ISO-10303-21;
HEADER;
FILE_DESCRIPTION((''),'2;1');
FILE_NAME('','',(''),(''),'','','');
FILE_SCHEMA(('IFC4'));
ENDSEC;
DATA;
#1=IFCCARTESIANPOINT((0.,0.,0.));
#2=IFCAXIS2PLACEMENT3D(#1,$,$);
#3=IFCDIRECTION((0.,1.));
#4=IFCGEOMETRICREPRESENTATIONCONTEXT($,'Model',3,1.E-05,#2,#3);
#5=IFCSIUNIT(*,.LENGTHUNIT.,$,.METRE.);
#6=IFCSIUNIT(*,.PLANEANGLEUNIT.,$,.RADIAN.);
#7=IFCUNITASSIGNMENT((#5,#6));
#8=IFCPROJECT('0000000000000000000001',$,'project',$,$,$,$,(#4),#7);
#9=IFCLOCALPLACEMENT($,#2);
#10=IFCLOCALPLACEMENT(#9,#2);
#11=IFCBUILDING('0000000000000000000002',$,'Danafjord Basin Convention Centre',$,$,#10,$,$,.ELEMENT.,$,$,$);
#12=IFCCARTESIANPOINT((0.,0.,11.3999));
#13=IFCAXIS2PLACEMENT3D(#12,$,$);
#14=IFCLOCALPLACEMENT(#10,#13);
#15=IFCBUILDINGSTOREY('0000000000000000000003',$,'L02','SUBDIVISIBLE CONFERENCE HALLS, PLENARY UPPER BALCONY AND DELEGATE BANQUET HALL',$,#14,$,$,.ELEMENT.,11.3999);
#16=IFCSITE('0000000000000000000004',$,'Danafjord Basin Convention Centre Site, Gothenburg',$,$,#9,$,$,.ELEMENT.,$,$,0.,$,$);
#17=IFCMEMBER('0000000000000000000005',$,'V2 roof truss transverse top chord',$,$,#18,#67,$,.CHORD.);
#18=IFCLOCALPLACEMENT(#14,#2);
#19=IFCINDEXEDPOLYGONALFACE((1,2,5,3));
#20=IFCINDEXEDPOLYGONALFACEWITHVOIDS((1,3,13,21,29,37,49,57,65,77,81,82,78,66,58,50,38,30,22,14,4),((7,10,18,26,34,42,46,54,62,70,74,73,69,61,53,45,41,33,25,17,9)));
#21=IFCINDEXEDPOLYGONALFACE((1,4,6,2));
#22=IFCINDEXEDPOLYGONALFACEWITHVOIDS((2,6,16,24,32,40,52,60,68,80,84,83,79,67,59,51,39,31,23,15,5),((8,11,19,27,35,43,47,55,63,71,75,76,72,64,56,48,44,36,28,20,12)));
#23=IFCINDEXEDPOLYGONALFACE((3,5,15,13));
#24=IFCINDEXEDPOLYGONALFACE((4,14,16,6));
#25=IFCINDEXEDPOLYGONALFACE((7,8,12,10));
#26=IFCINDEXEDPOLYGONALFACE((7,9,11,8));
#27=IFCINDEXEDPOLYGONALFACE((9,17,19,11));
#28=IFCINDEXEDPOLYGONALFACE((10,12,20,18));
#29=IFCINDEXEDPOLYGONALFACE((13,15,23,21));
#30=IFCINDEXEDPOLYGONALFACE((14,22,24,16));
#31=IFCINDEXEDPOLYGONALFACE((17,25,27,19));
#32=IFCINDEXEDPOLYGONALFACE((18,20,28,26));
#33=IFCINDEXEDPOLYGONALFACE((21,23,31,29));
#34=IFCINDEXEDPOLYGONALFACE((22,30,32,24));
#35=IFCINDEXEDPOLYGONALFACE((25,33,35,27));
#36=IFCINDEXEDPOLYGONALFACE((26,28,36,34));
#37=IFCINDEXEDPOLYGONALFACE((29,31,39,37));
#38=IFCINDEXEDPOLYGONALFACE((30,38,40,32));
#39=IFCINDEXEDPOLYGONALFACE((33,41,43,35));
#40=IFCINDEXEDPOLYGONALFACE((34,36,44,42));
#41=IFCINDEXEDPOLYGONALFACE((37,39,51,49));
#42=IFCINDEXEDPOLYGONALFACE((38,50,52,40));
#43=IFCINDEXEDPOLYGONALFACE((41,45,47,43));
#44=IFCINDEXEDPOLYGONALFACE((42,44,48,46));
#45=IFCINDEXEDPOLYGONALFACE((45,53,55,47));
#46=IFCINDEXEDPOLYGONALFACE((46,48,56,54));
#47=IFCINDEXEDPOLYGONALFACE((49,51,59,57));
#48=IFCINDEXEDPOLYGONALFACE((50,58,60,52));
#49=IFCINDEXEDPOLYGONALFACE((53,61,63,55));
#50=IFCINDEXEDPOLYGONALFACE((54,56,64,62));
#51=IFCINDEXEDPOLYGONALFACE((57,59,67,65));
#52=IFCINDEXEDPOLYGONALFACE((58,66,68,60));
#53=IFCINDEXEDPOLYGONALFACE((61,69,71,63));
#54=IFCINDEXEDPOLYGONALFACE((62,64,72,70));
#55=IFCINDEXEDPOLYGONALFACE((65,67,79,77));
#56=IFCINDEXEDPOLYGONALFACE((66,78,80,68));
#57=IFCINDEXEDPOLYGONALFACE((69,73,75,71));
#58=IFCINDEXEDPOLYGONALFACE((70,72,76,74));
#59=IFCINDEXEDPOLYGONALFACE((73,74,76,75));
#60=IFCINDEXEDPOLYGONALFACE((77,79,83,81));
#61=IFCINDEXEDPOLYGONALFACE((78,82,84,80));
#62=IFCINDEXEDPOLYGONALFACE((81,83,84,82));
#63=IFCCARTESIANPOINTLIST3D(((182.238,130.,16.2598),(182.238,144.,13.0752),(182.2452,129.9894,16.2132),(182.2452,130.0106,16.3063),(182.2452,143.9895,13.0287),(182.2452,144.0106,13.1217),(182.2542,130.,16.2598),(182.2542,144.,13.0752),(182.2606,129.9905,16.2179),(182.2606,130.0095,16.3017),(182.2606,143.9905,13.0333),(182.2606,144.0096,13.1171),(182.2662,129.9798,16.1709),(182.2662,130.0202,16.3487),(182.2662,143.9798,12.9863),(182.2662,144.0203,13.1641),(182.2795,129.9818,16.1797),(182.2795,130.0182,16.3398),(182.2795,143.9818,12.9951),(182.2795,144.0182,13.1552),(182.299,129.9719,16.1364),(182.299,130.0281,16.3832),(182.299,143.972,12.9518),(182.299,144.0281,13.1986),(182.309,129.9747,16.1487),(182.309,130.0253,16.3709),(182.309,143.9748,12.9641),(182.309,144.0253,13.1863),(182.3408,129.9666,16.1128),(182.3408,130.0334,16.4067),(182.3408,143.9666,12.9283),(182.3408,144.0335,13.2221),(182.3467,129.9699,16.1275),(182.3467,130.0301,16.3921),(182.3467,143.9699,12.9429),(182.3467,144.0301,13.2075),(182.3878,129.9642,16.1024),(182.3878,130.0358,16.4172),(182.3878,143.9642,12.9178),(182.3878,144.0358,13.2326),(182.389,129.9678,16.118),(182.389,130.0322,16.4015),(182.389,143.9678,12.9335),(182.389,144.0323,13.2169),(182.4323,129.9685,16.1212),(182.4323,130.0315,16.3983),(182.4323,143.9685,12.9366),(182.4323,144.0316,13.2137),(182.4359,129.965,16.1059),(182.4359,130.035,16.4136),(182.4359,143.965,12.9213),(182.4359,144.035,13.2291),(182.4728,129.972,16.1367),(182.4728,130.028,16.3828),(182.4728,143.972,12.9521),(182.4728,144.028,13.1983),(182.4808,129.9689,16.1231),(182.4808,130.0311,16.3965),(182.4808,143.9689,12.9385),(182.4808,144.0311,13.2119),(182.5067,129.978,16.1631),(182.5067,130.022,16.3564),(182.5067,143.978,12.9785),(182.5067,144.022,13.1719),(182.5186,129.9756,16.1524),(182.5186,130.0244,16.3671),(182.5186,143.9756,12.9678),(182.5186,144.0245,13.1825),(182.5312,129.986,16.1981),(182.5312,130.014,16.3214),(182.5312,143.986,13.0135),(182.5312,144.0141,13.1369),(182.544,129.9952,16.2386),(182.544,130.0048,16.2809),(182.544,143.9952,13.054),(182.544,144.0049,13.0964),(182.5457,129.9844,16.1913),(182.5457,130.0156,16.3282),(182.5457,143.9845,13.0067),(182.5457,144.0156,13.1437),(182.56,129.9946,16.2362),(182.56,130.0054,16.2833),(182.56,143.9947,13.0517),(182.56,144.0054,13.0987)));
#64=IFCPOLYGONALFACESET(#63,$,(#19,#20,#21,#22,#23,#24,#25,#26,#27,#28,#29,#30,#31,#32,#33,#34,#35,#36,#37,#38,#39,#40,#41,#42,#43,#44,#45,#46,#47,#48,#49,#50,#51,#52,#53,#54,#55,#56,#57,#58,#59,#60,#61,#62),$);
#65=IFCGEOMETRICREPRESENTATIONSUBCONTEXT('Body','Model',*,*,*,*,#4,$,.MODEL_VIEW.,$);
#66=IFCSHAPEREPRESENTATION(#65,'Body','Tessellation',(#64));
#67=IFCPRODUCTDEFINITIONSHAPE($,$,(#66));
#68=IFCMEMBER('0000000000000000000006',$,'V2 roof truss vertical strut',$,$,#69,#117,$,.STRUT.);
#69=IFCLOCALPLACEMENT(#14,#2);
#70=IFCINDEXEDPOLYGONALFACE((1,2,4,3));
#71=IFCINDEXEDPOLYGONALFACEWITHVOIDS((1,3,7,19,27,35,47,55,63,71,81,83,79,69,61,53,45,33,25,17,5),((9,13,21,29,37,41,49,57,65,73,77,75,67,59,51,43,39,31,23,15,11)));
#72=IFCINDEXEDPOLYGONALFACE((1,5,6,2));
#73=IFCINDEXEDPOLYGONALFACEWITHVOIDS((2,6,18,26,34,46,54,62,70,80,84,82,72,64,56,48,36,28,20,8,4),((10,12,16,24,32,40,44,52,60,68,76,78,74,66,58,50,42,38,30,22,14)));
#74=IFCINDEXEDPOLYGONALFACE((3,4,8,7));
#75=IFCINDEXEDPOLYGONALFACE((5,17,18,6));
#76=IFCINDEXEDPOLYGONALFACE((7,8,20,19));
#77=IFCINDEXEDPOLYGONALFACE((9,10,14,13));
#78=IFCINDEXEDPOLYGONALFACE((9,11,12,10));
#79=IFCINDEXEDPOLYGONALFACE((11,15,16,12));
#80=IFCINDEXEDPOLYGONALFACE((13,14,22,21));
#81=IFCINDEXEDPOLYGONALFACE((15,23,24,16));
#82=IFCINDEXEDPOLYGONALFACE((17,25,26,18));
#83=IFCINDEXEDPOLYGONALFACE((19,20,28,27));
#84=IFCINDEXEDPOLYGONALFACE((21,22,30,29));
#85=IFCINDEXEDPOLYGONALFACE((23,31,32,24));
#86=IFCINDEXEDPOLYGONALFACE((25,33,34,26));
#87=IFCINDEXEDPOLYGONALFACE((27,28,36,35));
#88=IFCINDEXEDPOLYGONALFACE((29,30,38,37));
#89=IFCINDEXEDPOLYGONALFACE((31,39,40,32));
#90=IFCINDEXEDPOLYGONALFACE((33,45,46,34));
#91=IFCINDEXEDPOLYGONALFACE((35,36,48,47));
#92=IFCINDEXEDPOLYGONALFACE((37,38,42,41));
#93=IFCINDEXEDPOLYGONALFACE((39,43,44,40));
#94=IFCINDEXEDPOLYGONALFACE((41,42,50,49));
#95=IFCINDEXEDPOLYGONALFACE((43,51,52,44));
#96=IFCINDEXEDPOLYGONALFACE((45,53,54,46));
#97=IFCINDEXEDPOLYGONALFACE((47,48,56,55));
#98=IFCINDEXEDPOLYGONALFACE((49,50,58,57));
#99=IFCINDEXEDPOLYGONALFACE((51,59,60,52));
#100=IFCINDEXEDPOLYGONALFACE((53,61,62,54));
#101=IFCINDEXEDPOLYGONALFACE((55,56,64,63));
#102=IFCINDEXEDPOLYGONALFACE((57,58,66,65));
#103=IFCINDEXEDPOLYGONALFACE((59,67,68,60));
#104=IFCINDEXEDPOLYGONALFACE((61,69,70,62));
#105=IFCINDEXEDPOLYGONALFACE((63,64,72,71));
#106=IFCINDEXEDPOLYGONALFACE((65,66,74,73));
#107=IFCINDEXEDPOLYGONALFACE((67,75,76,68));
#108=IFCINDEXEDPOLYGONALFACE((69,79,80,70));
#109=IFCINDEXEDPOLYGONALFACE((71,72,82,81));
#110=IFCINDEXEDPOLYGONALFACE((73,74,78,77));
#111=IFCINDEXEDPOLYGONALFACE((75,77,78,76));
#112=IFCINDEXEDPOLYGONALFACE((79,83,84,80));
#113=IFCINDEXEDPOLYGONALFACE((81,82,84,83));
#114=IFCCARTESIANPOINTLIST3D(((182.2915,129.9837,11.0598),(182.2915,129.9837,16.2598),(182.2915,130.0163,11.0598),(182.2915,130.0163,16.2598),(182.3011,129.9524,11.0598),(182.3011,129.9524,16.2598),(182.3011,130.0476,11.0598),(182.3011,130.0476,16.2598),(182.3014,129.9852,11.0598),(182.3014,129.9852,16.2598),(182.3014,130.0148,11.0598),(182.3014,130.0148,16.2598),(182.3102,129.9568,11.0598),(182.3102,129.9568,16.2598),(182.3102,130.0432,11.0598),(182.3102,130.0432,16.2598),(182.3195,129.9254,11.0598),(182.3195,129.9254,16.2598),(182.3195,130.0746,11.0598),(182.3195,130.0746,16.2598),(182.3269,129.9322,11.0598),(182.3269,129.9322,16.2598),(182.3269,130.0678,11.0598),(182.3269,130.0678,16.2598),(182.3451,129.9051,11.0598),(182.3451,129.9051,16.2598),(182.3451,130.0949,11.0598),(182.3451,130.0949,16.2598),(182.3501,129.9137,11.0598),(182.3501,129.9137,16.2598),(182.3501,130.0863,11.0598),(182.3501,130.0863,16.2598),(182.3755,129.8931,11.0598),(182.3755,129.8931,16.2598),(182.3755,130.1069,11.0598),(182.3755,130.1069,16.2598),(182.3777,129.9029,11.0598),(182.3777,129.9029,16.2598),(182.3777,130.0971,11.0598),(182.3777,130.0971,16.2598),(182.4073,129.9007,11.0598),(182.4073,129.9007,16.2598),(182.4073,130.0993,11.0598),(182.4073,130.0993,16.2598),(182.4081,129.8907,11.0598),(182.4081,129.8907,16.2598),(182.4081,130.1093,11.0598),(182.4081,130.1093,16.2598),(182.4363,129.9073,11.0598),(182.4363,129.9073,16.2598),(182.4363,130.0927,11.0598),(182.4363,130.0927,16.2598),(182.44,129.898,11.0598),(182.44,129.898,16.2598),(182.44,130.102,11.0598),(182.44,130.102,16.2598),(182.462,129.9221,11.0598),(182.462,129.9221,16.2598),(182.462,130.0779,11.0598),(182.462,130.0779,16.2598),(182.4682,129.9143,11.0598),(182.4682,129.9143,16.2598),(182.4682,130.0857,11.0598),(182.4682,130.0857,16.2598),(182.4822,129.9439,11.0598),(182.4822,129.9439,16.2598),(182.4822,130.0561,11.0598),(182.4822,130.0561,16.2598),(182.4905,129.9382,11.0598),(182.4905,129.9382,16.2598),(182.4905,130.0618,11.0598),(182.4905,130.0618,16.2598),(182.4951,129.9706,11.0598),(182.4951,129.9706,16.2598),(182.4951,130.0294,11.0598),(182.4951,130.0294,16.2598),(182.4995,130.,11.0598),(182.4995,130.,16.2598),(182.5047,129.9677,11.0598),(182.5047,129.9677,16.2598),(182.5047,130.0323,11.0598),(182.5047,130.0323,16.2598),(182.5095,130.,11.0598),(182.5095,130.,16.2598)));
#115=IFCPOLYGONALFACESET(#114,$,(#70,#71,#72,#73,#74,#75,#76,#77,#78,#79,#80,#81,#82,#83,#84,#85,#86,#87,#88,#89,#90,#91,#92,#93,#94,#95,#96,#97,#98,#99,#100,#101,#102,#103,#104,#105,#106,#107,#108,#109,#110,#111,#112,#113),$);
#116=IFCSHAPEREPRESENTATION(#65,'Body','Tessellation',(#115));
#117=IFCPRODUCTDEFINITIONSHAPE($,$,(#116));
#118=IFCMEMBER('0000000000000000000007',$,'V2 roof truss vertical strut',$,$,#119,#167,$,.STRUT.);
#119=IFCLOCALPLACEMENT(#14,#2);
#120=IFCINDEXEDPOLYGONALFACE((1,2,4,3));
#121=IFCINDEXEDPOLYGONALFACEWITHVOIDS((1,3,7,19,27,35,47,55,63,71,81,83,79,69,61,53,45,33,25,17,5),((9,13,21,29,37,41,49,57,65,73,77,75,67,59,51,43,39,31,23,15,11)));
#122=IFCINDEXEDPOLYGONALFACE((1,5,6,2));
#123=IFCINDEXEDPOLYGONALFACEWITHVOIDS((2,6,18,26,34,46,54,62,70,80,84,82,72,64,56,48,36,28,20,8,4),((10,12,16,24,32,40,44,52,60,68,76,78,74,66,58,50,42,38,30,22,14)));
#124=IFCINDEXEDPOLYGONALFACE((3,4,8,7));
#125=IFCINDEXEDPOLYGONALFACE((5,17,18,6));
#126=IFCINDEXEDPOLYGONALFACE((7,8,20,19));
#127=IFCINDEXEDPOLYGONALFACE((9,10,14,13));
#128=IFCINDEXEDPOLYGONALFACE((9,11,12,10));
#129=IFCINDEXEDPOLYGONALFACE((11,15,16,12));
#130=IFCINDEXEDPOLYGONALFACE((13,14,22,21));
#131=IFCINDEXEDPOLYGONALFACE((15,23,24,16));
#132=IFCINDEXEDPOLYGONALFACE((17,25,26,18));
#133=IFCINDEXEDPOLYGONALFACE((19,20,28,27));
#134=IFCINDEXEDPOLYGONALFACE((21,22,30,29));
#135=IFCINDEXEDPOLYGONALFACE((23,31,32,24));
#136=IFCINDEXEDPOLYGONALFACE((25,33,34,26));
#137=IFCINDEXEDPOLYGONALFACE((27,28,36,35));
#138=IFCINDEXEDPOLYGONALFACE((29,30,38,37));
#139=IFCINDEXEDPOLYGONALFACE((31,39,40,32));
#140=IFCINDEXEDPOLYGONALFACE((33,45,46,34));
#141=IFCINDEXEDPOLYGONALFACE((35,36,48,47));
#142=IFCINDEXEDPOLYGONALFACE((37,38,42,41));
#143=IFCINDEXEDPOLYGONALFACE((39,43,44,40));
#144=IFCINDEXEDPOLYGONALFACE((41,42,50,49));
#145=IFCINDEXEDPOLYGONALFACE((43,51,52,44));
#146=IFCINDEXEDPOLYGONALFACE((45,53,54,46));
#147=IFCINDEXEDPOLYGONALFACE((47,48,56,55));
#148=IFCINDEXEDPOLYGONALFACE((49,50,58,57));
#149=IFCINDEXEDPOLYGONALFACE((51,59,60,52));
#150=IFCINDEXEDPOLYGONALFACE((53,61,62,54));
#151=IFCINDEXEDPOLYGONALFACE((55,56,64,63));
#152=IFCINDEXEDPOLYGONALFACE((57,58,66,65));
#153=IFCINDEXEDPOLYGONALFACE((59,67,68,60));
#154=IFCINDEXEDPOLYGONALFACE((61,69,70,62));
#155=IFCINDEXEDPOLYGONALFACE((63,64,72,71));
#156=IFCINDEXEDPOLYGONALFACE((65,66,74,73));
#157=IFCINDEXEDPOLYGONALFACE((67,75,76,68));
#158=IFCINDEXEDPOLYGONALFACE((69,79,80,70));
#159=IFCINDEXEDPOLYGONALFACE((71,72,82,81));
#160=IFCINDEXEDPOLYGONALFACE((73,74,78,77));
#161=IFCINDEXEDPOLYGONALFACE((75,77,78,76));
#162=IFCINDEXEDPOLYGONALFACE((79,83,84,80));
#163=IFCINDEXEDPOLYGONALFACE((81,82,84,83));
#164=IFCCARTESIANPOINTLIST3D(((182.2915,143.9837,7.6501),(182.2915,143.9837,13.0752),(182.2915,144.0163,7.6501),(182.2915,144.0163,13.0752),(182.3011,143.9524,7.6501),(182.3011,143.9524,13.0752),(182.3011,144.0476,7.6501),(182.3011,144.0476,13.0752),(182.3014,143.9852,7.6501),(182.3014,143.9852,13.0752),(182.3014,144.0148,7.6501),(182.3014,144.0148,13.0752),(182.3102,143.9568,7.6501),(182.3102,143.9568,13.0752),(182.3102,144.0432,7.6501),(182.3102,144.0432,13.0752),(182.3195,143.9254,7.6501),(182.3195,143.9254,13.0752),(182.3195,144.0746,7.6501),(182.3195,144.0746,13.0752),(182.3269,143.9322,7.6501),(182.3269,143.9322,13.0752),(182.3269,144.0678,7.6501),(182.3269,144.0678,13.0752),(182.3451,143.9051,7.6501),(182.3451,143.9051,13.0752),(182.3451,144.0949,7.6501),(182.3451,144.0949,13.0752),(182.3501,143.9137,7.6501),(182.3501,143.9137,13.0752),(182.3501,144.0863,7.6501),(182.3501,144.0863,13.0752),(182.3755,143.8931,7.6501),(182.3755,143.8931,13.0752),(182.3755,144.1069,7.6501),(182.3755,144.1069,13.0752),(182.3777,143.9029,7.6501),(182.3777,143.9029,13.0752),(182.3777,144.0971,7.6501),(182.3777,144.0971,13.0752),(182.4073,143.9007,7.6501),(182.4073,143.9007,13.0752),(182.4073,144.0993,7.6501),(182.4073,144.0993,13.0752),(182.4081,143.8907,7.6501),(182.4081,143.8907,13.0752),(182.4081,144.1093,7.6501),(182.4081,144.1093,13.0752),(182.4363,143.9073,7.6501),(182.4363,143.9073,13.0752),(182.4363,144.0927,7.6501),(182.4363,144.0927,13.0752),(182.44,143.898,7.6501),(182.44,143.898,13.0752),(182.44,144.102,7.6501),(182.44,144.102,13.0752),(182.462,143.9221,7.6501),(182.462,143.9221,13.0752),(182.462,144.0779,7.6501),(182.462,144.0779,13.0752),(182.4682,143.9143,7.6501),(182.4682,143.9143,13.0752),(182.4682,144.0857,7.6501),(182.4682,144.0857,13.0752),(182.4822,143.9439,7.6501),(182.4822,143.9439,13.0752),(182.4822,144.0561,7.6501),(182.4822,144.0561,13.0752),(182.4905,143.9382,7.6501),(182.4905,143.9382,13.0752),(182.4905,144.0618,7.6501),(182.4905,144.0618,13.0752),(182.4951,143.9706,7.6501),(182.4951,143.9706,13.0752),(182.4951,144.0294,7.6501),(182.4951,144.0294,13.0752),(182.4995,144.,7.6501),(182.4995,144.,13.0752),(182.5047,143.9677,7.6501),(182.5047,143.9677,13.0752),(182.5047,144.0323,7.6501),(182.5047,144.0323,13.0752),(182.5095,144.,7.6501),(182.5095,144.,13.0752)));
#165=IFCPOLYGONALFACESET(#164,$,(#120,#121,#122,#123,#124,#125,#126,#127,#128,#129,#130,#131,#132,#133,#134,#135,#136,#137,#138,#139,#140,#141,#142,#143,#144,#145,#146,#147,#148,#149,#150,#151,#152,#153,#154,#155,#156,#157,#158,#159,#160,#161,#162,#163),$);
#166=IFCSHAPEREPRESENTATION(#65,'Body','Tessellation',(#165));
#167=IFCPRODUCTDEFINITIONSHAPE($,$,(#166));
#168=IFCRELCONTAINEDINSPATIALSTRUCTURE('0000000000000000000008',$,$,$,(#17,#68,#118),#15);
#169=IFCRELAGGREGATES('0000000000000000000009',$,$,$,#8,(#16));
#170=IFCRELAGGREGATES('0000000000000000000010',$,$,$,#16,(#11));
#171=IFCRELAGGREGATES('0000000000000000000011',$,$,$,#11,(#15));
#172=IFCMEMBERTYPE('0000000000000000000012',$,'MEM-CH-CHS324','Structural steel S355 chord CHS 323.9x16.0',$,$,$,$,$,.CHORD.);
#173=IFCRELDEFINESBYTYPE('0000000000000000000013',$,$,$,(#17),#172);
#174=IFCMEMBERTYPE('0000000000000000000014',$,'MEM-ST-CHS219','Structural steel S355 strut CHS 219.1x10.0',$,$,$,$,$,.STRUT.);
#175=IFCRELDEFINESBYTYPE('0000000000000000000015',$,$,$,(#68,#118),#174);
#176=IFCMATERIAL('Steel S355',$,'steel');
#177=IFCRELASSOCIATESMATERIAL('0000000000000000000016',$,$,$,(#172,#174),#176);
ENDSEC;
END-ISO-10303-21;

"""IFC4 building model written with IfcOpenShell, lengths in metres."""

from ifc_helpers import new_model, si_unit, direction, frame, origin, origin_2d, place, context, subcontext, project, spatial, hollow_circle, extrude, material, material_profile, profile_set, type_object, element, save


model = new_model("IFC4")

# Units and contexts
model_context = context("Model", 3, precision=1e-05, world=origin(), true_north=direction((0.0, 1.0)))
body_context = subcontext(model_context, "Body", "Model", "MODEL_VIEW")
ifc_project = project(units=[si_unit("LENGTHUNIT", "METRE"), si_unit("PLANEANGLEUNIT", "RADIAN")], contexts=[model_context])

# Site, building, storey
site_placement = place(None, origin())
site = spatial("IfcSite", under=ifc_project, at=site_placement, Name="Danafjord Basin Convention Centre Site, Gothenburg", CompositionType="ELEMENT", RefElevation=0.0)
building_placement = place(site_placement, origin())
building = spatial("IfcBuilding", under=site, at=building_placement, Name="Danafjord Basin Convention Centre", CompositionType="ELEMENT")
storey_placement = place(building_placement, frame((0.0, 0.0, 11.3999)))
storey = spatial("IfcBuildingStorey", under=building, at=storey_placement, Name="L02", Description="SUBDIVISIBLE CONFERENCE HALLS, PLENARY UPPER BALCONY AND DELEGATE BANQUET HALL", CompositionType="ELEMENT", Elevation=11.3999)

# Shared definitions
ifc_material_1 = material(Name="Steel S355", Category="steel")

# Members
ifc_material_profile_1 = material_profile(ifc_material_1, hollow_circle(Radius=0.1619, WallThickness=0.0161, at=origin_2d()), Name="CHS 323.9x16.0")
ifc_profile_set_1 = profile_set([ifc_material_profile_1], Name="Steel S355")
member_type_1 = type_object("IfcMemberType", Name="MEM-CH-CHS324", Description="Structural steel S355 chord CHS 323.9x16.0", PredefinedType="CHORD", material=ifc_profile_set_1)
member_1_placement = place(storey_placement, frame((182.3999, 130.0, 16.2598), z_axis=(0.0, 0.975091, -0.221803), x_axis=(-1.0, 0.0, 0.0)))
element("IfcMember", 1, at=member_1_placement, inside=storey, type_object=member_type_1, Name="V2 roof truss transverse top chord", PredefinedType="CHORD", context=body_context, shape_type="SweptSolid", body=[
    extrude(hollow_circle(Radius=0.1619, WallThickness=0.0161, at=origin_2d()), origin(), (0.0, 0.0, 1.0), 14.3577),
])
ifc_material_profile_2 = material_profile(ifc_material_1, hollow_circle(Radius=0.1096, WallThickness=0.01, at=origin_2d()), Name="CHS 219.1x10.0")
ifc_profile_set_2 = profile_set([ifc_material_profile_2], Name="Steel S355")
member_type_2 = type_object("IfcMemberType", Name="MEM-ST-CHS219", Description="Structural steel S355 strut CHS 219.1x10.0", PredefinedType="STRUT", material=ifc_profile_set_2)
member_2_placement = place(storey_placement, frame((182.3999, 130.0, 11.0598), z_axis=(0.0, 0.0, 1.0), x_axis=(1.0, 0.0, 0.0)))
element("IfcMember", 2, at=member_2_placement, inside=storey, type_object=member_type_2, Name="V2 roof truss vertical strut", PredefinedType="STRUT", context=body_context, shape_type="SweptSolid", body=[
    extrude(hollow_circle(Radius=0.1096, WallThickness=0.01, at=origin_2d()), origin(), (0.0, 0.0, 1.0), 5.2),
])
member_3_placement = place(storey_placement, frame((182.3999, 144.0, 7.6501), z_axis=(0.0, 0.0, 1.0), x_axis=(1.0, 0.0, 0.0)))
element("IfcMember", 3, at=member_3_placement, inside=storey, type_object=member_type_2, Name="V2 roof truss vertical strut", PredefinedType="STRUT", context=body_context, shape_type="SweptSolid", body=[
    extrude(hollow_circle(Radius=0.1096, WallThickness=0.01, at=origin_2d()), origin(), (0.0, 0.0, 1.0), 5.425),
])

save(model, "model.ifc")
